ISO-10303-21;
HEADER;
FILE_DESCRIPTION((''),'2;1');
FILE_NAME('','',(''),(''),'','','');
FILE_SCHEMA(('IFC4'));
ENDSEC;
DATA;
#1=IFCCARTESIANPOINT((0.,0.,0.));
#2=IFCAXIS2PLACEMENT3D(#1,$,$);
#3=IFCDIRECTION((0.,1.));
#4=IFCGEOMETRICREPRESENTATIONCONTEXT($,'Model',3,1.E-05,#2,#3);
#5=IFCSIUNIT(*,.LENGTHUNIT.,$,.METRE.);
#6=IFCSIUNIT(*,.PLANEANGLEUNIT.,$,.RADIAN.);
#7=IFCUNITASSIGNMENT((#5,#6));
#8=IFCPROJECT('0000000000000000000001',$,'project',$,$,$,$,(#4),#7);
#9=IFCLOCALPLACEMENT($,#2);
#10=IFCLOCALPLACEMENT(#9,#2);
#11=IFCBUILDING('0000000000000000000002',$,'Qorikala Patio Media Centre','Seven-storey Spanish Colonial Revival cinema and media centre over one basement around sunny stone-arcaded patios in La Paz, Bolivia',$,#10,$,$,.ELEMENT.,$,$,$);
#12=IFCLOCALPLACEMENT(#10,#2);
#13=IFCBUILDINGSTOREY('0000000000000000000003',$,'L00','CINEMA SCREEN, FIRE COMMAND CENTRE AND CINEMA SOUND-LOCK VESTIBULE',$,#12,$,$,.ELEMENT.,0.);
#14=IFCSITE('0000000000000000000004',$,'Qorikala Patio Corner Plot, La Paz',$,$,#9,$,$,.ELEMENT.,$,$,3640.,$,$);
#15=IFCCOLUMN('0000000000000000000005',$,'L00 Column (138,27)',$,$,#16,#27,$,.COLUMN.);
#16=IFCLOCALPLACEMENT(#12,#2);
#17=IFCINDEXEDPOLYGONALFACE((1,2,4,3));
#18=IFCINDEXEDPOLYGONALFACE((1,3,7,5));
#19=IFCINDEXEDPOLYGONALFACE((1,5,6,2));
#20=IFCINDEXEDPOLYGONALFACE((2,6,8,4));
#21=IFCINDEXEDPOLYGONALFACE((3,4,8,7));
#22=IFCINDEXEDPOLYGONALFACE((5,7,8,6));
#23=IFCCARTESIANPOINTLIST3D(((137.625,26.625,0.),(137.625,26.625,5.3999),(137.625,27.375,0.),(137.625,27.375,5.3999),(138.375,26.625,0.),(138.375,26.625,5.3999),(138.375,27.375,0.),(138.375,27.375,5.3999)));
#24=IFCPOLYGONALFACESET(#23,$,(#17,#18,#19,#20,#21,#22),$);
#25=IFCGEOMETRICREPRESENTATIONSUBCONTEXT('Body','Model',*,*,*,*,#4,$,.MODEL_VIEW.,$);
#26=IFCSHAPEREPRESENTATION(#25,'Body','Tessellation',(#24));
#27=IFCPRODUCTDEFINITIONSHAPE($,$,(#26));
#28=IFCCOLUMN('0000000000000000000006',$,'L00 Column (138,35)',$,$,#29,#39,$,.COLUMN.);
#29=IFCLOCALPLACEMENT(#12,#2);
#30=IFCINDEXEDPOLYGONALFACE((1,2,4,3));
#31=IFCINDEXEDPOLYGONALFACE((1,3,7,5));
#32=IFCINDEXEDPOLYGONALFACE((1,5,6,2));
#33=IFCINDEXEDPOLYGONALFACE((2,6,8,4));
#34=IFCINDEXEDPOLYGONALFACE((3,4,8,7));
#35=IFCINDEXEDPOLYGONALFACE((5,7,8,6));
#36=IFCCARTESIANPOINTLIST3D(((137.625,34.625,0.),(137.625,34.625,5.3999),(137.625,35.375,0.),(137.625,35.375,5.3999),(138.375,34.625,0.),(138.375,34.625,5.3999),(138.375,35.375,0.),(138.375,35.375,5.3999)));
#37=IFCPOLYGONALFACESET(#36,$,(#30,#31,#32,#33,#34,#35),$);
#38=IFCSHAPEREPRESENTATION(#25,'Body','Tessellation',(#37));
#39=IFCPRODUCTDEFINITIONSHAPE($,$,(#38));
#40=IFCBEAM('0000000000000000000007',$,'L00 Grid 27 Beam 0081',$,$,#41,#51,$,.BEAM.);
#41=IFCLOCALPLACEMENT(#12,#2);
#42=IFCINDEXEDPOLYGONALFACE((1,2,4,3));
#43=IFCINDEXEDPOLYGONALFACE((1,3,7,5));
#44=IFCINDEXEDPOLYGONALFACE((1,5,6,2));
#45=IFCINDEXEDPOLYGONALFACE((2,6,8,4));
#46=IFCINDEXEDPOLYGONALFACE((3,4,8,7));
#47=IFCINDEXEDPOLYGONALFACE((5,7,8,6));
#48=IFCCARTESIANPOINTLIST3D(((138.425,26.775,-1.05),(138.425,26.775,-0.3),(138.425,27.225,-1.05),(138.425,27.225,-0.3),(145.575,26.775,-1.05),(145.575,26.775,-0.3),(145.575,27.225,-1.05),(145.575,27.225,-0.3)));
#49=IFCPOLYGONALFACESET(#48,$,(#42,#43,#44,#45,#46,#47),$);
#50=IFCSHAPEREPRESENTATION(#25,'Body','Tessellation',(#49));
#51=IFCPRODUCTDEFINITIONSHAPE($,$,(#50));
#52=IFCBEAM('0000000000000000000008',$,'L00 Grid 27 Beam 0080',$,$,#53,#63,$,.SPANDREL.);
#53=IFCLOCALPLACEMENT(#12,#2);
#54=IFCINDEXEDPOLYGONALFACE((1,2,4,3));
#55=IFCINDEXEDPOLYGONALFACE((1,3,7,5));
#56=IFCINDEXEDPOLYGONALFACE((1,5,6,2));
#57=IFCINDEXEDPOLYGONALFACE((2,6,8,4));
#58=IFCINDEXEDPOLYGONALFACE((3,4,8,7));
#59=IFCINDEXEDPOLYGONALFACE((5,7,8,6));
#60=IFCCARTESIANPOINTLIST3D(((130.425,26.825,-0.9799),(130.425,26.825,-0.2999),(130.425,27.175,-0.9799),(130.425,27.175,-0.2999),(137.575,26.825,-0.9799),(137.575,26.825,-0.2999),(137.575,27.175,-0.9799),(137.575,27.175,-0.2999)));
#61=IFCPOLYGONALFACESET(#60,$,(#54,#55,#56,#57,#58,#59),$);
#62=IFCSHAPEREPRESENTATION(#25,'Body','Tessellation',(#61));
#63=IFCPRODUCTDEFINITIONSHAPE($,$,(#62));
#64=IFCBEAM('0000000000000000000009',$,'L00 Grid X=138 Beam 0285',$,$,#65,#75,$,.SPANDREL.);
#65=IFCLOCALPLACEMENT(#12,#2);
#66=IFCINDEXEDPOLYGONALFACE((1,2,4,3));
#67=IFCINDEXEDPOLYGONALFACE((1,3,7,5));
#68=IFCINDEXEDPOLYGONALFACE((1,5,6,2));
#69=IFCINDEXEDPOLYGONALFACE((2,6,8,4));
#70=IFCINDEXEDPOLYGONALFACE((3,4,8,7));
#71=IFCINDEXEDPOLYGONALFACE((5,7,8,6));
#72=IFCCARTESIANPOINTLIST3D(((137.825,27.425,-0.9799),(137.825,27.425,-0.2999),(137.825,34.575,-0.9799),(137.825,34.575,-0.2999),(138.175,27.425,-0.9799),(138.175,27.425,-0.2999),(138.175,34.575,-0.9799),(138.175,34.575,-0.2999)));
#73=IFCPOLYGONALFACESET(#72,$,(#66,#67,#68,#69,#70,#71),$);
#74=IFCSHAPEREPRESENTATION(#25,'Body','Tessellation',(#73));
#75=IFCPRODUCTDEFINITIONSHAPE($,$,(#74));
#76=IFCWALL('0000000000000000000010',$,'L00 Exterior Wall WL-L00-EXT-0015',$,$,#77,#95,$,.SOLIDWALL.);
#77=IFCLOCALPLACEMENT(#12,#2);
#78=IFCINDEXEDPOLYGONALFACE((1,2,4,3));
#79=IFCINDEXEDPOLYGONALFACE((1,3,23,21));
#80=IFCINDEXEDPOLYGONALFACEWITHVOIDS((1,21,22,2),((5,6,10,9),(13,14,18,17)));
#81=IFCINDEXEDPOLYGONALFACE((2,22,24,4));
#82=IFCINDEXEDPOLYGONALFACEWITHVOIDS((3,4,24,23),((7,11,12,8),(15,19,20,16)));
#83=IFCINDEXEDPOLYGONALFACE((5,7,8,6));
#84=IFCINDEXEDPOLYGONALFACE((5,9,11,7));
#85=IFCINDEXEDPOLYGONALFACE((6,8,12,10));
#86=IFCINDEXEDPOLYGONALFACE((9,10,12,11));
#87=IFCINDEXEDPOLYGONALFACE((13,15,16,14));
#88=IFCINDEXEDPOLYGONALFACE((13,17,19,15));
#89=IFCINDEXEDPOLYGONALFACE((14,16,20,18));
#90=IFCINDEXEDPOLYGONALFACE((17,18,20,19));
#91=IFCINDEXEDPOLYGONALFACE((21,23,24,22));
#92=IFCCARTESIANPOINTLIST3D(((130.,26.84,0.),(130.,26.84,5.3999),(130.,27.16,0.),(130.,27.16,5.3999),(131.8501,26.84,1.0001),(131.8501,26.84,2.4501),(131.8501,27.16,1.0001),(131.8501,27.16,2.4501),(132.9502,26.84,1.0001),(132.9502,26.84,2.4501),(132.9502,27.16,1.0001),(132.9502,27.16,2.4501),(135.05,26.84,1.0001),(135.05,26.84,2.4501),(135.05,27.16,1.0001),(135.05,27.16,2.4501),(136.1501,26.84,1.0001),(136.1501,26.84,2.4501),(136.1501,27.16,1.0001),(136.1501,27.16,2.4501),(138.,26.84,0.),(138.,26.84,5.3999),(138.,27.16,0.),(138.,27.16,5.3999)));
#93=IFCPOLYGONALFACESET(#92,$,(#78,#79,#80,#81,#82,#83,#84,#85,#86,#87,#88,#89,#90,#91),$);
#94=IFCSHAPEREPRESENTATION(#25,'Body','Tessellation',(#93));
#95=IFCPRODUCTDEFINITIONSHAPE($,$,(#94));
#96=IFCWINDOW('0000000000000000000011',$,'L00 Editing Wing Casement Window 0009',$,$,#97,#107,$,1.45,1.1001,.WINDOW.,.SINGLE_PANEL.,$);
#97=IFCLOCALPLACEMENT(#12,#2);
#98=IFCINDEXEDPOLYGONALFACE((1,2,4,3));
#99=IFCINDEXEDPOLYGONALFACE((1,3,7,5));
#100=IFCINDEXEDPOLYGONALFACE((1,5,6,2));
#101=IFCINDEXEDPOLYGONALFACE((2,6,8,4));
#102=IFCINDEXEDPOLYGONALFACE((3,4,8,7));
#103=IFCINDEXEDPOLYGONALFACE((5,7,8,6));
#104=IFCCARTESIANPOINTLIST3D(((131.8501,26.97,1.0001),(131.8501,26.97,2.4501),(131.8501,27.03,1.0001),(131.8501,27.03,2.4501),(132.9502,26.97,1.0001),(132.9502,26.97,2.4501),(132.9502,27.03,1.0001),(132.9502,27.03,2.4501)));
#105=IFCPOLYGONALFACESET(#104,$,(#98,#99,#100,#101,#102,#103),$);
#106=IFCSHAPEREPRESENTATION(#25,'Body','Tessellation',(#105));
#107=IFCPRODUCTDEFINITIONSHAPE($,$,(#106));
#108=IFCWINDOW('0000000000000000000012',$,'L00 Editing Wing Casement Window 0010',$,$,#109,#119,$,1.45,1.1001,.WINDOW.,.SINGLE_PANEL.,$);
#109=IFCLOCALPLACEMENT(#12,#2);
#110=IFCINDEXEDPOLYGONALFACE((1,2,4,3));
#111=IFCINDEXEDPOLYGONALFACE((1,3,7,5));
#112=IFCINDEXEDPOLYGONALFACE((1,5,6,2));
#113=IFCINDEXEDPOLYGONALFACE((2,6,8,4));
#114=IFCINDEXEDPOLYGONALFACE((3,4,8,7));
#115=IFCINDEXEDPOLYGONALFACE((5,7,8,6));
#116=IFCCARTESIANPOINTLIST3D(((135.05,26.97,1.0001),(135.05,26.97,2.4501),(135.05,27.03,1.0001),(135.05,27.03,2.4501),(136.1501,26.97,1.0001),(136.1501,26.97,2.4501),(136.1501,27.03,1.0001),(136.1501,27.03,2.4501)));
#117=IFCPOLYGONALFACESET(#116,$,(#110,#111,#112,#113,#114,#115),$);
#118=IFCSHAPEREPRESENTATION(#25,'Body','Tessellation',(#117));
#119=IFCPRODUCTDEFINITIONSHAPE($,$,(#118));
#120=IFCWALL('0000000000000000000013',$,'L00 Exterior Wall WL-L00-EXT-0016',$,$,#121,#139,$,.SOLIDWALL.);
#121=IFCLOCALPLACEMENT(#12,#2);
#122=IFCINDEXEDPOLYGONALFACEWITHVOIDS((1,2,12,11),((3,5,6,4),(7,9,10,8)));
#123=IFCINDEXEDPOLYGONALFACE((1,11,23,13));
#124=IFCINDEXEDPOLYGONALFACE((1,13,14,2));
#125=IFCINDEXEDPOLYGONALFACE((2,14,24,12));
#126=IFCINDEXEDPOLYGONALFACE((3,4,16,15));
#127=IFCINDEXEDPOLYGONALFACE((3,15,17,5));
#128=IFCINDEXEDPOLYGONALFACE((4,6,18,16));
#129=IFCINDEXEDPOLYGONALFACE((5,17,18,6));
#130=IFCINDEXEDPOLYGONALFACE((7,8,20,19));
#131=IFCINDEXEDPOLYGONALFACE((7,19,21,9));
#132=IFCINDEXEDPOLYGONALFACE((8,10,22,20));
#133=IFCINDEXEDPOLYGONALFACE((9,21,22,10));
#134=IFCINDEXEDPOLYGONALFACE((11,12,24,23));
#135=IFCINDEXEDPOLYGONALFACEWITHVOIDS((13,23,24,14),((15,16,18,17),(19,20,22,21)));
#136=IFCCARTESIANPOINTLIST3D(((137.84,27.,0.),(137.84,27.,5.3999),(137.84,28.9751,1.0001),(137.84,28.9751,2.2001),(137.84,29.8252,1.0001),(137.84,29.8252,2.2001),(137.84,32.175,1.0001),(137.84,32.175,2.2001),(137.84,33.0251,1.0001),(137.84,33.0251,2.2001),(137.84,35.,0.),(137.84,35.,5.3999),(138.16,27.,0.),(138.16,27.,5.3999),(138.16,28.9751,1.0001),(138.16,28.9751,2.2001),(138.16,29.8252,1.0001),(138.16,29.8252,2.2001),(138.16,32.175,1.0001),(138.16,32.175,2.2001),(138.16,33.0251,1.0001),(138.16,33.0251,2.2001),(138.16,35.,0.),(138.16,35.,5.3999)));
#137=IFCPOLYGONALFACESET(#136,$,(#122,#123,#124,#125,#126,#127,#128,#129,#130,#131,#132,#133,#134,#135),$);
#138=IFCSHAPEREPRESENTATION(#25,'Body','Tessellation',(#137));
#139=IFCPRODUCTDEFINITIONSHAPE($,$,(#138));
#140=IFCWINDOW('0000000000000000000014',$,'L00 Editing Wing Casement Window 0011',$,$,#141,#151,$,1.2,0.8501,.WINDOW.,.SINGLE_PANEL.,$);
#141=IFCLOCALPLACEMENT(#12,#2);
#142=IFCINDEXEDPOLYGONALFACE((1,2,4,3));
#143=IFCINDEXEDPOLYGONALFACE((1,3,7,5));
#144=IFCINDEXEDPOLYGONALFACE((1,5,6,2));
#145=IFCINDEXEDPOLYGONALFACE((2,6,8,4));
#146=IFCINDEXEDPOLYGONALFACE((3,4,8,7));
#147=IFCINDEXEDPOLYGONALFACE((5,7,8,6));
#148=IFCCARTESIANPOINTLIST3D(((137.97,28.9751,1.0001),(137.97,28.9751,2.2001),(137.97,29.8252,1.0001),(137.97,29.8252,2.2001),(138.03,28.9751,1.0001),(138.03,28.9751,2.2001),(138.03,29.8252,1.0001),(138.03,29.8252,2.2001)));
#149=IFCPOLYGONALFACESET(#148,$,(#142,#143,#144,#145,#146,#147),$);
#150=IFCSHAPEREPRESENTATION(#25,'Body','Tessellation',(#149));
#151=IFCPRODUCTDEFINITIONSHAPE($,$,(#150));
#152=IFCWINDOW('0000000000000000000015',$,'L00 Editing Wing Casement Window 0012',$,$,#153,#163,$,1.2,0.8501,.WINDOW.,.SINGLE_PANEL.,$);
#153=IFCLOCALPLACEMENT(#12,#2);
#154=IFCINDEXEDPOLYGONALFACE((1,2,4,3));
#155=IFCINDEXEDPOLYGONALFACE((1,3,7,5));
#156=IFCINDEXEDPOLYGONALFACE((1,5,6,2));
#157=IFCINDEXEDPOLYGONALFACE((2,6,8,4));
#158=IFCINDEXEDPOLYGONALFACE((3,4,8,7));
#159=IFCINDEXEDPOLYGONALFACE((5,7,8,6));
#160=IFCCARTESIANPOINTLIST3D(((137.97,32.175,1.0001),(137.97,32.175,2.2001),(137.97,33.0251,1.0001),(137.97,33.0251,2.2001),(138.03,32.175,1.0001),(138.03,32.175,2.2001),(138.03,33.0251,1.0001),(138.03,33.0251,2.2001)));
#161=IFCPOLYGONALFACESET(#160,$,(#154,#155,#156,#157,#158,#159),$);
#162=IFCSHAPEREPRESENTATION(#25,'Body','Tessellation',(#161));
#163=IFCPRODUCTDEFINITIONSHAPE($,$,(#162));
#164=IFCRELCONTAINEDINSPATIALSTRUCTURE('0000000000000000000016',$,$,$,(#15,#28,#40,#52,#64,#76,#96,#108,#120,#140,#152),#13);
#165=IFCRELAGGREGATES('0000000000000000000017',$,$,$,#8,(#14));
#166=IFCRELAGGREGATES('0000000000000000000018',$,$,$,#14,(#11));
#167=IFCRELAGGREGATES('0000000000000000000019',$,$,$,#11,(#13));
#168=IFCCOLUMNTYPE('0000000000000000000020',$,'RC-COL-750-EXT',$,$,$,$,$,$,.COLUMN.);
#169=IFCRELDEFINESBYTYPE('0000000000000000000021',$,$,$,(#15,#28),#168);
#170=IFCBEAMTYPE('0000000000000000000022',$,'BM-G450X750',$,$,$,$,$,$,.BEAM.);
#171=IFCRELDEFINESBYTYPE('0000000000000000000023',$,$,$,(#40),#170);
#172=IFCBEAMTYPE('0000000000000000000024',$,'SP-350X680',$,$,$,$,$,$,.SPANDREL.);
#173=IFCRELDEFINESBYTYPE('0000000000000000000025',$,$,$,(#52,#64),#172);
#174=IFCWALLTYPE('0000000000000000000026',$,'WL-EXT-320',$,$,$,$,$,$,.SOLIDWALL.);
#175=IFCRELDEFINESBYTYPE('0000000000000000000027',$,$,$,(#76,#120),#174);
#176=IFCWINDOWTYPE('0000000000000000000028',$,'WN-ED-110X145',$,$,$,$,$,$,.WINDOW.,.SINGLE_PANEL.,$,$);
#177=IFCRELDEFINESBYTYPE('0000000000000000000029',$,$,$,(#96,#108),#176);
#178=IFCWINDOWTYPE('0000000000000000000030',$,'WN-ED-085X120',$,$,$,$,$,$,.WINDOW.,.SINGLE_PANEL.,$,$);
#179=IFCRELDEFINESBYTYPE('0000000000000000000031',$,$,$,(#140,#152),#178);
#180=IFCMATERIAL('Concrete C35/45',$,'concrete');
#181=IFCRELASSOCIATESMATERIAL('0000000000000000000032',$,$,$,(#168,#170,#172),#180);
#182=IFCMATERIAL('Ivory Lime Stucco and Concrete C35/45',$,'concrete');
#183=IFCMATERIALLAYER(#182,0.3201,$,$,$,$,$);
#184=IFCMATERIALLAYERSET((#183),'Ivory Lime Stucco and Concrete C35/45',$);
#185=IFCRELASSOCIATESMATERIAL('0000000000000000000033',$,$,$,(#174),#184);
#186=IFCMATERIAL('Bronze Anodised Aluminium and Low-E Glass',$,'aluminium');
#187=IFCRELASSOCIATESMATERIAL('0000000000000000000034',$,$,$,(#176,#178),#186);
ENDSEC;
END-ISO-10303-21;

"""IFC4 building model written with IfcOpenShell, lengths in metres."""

from ifc_helpers import new_model, si_unit, direction, frame, frame_2d, origin, origin_2d, place, context, subcontext, project, spatial, rectangle, extrude, material, layer, layer_set, material_profile, profile_set, type_object, element, fill, save


model = new_model("IFC4")

# Units and contexts
model_context = context("Model", 3, precision=1e-05, world=origin(), true_north=direction((0.0, 1.0)))
body_context = subcontext(model_context, "Body", "Model", "MODEL_VIEW")
ifc_project = project(units=[si_unit("LENGTHUNIT", "METRE"), si_unit("PLANEANGLEUNIT", "RADIAN")], contexts=[model_context])

# Site, building, storey
site_placement = place(None, origin())
site = spatial("IfcSite", under=ifc_project, at=site_placement, Name="Qorikala Patio Corner Plot, La Paz", CompositionType="ELEMENT", RefElevation=3640.0)
building_placement = place(site_placement, origin())
building = spatial("IfcBuilding", under=site, at=building_placement, Name="Qorikala Patio Media Centre", Description="Seven-storey Spanish Colonial Revival cinema and media centre over one basement around sunny stone-arcaded patios in La Paz, Bolivia", CompositionType="ELEMENT")
storey_placement = place(building_placement, origin())
storey = spatial("IfcBuildingStorey", under=building, at=storey_placement, Name="L00", Description="CINEMA SCREEN, FIRE COMMAND CENTRE AND CINEMA SOUND-LOCK VESTIBULE", CompositionType="ELEMENT", Elevation=0.0)

# Columns
ifc_material_1 = material(Name="Concrete C35/45", Category="concrete")
ifc_material_profile_1 = material_profile(ifc_material_1, rectangle(XDim=0.75, YDim=0.75, at=origin_2d()), Name="RC 750x750")
ifc_profile_set_1 = profile_set([ifc_material_profile_1], Name="Concrete C35/45")
column_type = type_object("IfcColumnType", Name="RC-COL-750-EXT", PredefinedType="COLUMN", material=ifc_profile_set_1)
for number, where, z_axis, x_axis, name in (
    (1, (138.0, 27.0, 0.0), (0.0, 0.0, 1.0), (1.0, 0.0, 0.0), "L00 Column (138,27)"),
    (2, (138.0, 35.0, 0.0), (0.0, 0.0, 1.0), (1.0, 0.0, 0.0), "L00 Column (138,35)"),
):
    element("IfcColumn", number, at=place(storey_placement, frame(where, z_axis=z_axis, x_axis=x_axis)), inside=storey, type_object=column_type, Name=name, PredefinedType="COLUMN", context=body_context, shape_type="SweptSolid", body=[
        extrude(rectangle(XDim=0.75, YDim=0.75, at=origin_2d()), origin(), (0.0, 0.0, 1.0), 5.3999),
    ])

# Beams
ifc_material_profile_2 = material_profile(ifc_material_1, rectangle(XDim=0.45, YDim=0.75, at=origin_2d()), Name="RC 450x750")
ifc_profile_set_2 = profile_set([ifc_material_profile_2], Name="Concrete C35/45")
beam_type_1 = type_object("IfcBeamType", Name="BM-G450X750", PredefinedType="BEAM", material=ifc_profile_set_2)
beam_placement = place(storey_placement, frame((138.425, 27.0, -0.675), z_axis=(1.0, 0.0, 0.0), x_axis=(0.0, 1.0, 0.0)))
element("IfcBeam", 3, at=beam_placement, inside=storey, type_object=beam_type_1, Name="L00 Grid 27 Beam 0081", PredefinedType="BEAM", context=body_context, shape_type="SweptSolid", body=[
    extrude(rectangle(XDim=0.45, YDim=0.75, at=origin_2d()), origin(), (0.0, 0.0, 1.0), 7.1499),
])
ifc_material_profile_3 = material_profile(ifc_material_1, rectangle(XDim=0.3501, YDim=0.6799, at=origin_2d()), Name="RC 350x680")
ifc_profile_set_3 = profile_set([ifc_material_profile_3], Name="Concrete C35/45")
beam_type_2 = type_object("IfcBeamType", Name="SP-350X680", PredefinedType="SPANDREL", material=ifc_profile_set_3)
for number, where, z_axis, x_axis, name in (
    (4, (130.425, 27.0, -0.6399), (1.0, 0.0, 0.0), (0.0, 1.0, 0.0), "L00 Grid 27 Beam 0080"),
    (5, (138.0, 27.425, -0.6399), (0.0, 1.0, 0.0), (-1.0, 0.0, 0.0), "L00 Grid X=138 Beam 0285"),
):
    element("IfcBeam", number, at=place(storey_placement, frame(where, z_axis=z_axis, x_axis=x_axis)), inside=storey, type_object=beam_type_2, Name=name, PredefinedType="SPANDREL", context=body_context, shape_type="SweptSolid", body=[
        extrude(rectangle(XDim=0.3501, YDim=0.6799, at=origin_2d()), origin(), (0.0, 0.0, 1.0), 7.1499),
    ])

# Walls, openings, windows
ifc_material_2 = material(Name="Ivory Lime Stucco and Concrete C35/45", Category="concrete")
ifc_layer_1 = layer(ifc_material_2, 0.3201)
ifc_layer_set_1 = layer_set([ifc_layer_1], Name="Ivory Lime Stucco and Concrete C35/45")
wall_type_1 = type_object("IfcWallType", Name="WL-EXT-320", PredefinedType="SOLIDWALL", material=ifc_layer_set_1)
wall_1_placement = place(storey_placement, frame((130.0, 27.0, 0.0), z_axis=(0.0, 0.0, 1.0), x_axis=(1.0, 0.0, 0.0)))
wall_1 = element("IfcWall", 6, at=wall_1_placement, inside=storey, type_object=wall_type_1, Name="L00 Exterior Wall WL-L00-EXT-0015", PredefinedType="SOLIDWALL", context=body_context, shape_type="SweptSolid", body=[
    extrude(rectangle(XDim=8.0, YDim=0.3201, at=frame_2d((4.0, 0.0))), origin(), (0.0, 0.0, 1.0), 5.3999),
])
opening_1_placement = place(wall_1_placement, frame((1.8501, 0.0, 1.0)))
opening_1 = element("IfcOpeningElement", 7, at=opening_1_placement, cuts=wall_1, PredefinedType="OPENING", context=body_context, shape_type="SweptSolid", body=[
    extrude(rectangle(XDim=1.1001, YDim=1.45, at=frame_2d((0.55, 0.7251))), frame((0.0, 0.1699, 0.0), z_axis=(0.0, -1.0, 0.0), x_axis=(1.0, 0.0, 0.0)), (0.0, 0.0, 1.0), 0.3401),
])
opening_2_placement = place(wall_1_placement, frame((5.05, 0.0, 1.0)))
opening_2 = element("IfcOpeningElement", 8, at=opening_2_placement, cuts=wall_1, PredefinedType="OPENING", context=body_context, shape_type="SweptSolid", body=[
    extrude(rectangle(XDim=1.1001, YDim=1.45, at=frame_2d((0.55, 0.7251))), frame((0.0, 0.1699, 0.0), z_axis=(0.0, -1.0, 0.0), x_axis=(1.0, 0.0, 0.0)), (0.0, 0.0, 1.0), 0.3401),
])
ifc_material_3 = material(Name="Bronze Anodised Aluminium and Low-E Glass", Category="aluminium")
window_type_1 = type_object("IfcWindowType", Name="WN-ED-110X145", PartitioningType="SINGLE_PANEL", PredefinedType="WINDOW", material=ifc_material_3)
window_1_placement = place(opening_1_placement, origin())
window_1 = element("IfcWindow", 9, at=window_1_placement, inside=storey, type_object=window_type_1, Name="L00 Editing Wing Casement Window 0009", OverallHeight=1.45, OverallWidth=1.1001, PartitioningType="SINGLE_PANEL", PredefinedType="WINDOW", context=body_context, shape_type="SweptSolid", body=[
    extrude(rectangle(XDim=1.1001, YDim=1.45, at=frame_2d((0.55, 0.7251))), frame((0.0, 0.03, 0.0), z_axis=(0.0, -1.0, 0.0), x_axis=(1.0, 0.0, 0.0)), (0.0, 0.0, 1.0), 0.0601),
])
fill(opening_1, window_1)
window_2_placement = place(opening_2_placement, origin())
window_2 = element("IfcWindow", 10, at=window_2_placement, inside=storey, type_object=window_type_1, Name="L00 Editing Wing Casement Window 0010", OverallHeight=1.45, OverallWidth=1.1001, PartitioningType="SINGLE_PANEL", PredefinedType="WINDOW", context=body_context, shape_type="SweptSolid", body=[
    extrude(rectangle(XDim=1.1001, YDim=1.45, at=frame_2d((0.55, 0.7251))), frame((0.0, 0.03, 0.0), z_axis=(0.0, -1.0, 0.0), x_axis=(1.0, 0.0, 0.0)), (0.0, 0.0, 1.0), 0.0601),
])
fill(opening_2, window_2)
wall_2_placement = place(storey_placement, frame((138.0, 27.0, 0.0), z_axis=(0.0, 0.0, 1.0), x_axis=(0.0, 1.0, 0.0)))
wall_2 = element("IfcWall", 11, at=wall_2_placement, inside=storey, type_object=wall_type_1, Name="L00 Exterior Wall WL-L00-EXT-0016", PredefinedType="SOLIDWALL", context=body_context, shape_type="SweptSolid", body=[
    extrude(rectangle(XDim=8.0, YDim=0.3201, at=frame_2d((4.0, 0.0))), origin(), (0.0, 0.0, 1.0), 5.3999),
])
opening_3_placement = place(wall_2_placement, frame((1.9751, 0.0, 1.0)))
opening_3 = element("IfcOpeningElement", 12, at=opening_3_placement, cuts=wall_2, PredefinedType="OPENING", context=body_context, shape_type="SweptSolid", body=[
    extrude(rectangle(XDim=0.8501, YDim=1.2, at=frame_2d((0.425, 0.6001))), frame((0.0, 0.1699, 0.0), z_axis=(0.0, -1.0, 0.0), x_axis=(1.0, 0.0, 0.0)), (0.0, 0.0, 1.0), 0.3401),
])
opening_4_placement = place(wall_2_placement, frame((5.175, 0.0, 1.0)))
opening_4 = element("IfcOpeningElement", 13, at=opening_4_placement, cuts=wall_2, PredefinedType="OPENING", context=body_context, shape_type="SweptSolid", body=[
    extrude(rectangle(XDim=0.8501, YDim=1.2, at=frame_2d((0.425, 0.6001))), frame((0.0, 0.1699, 0.0), z_axis=(0.0, -1.0, 0.0), x_axis=(1.0, 0.0, 0.0)), (0.0, 0.0, 1.0), 0.3401),
])
window_type_2 = type_object("IfcWindowType", Name="WN-ED-085X120", PartitioningType="SINGLE_PANEL", PredefinedType="WINDOW", material=ifc_material_3)
window_3_placement = place(opening_3_placement, origin())
window_3 = element("IfcWindow", 14, at=window_3_placement, inside=storey, type_object=window_type_2, Name="L00 Editing Wing Casement Window 0011", OverallHeight=1.2, OverallWidth=0.8501, PartitioningType="SINGLE_PANEL", PredefinedType="WINDOW", context=body_context, shape_type="SweptSolid", body=[
    extrude(rectangle(XDim=0.8501, YDim=1.2, at=frame_2d((0.425, 0.6001))), frame((0.0, 0.03, 0.0), z_axis=(0.0, -1.0, 0.0), x_axis=(1.0, 0.0, 0.0)), (0.0, 0.0, 1.0), 0.0601),
])
fill(opening_3, window_3)
window_4_placement = place(opening_4_placement, origin())
window_4 = element("IfcWindow", 15, at=window_4_placement, inside=storey, type_object=window_type_2, Name="L00 Editing Wing Casement Window 0012", OverallHeight=1.2, OverallWidth=0.8501, PartitioningType="SINGLE_PANEL", PredefinedType="WINDOW", context=body_context, shape_type="SweptSolid", body=[
    extrude(rectangle(XDim=0.8501, YDim=1.2, at=frame_2d((0.425, 0.6001))), frame((0.0, 0.03, 0.0), z_axis=(0.0, -1.0, 0.0), x_axis=(1.0, 0.0, 0.0)), (0.0, 0.0, 1.0), 0.0601),
])
fill(opening_4, window_4)

save(model, "model.ifc")
